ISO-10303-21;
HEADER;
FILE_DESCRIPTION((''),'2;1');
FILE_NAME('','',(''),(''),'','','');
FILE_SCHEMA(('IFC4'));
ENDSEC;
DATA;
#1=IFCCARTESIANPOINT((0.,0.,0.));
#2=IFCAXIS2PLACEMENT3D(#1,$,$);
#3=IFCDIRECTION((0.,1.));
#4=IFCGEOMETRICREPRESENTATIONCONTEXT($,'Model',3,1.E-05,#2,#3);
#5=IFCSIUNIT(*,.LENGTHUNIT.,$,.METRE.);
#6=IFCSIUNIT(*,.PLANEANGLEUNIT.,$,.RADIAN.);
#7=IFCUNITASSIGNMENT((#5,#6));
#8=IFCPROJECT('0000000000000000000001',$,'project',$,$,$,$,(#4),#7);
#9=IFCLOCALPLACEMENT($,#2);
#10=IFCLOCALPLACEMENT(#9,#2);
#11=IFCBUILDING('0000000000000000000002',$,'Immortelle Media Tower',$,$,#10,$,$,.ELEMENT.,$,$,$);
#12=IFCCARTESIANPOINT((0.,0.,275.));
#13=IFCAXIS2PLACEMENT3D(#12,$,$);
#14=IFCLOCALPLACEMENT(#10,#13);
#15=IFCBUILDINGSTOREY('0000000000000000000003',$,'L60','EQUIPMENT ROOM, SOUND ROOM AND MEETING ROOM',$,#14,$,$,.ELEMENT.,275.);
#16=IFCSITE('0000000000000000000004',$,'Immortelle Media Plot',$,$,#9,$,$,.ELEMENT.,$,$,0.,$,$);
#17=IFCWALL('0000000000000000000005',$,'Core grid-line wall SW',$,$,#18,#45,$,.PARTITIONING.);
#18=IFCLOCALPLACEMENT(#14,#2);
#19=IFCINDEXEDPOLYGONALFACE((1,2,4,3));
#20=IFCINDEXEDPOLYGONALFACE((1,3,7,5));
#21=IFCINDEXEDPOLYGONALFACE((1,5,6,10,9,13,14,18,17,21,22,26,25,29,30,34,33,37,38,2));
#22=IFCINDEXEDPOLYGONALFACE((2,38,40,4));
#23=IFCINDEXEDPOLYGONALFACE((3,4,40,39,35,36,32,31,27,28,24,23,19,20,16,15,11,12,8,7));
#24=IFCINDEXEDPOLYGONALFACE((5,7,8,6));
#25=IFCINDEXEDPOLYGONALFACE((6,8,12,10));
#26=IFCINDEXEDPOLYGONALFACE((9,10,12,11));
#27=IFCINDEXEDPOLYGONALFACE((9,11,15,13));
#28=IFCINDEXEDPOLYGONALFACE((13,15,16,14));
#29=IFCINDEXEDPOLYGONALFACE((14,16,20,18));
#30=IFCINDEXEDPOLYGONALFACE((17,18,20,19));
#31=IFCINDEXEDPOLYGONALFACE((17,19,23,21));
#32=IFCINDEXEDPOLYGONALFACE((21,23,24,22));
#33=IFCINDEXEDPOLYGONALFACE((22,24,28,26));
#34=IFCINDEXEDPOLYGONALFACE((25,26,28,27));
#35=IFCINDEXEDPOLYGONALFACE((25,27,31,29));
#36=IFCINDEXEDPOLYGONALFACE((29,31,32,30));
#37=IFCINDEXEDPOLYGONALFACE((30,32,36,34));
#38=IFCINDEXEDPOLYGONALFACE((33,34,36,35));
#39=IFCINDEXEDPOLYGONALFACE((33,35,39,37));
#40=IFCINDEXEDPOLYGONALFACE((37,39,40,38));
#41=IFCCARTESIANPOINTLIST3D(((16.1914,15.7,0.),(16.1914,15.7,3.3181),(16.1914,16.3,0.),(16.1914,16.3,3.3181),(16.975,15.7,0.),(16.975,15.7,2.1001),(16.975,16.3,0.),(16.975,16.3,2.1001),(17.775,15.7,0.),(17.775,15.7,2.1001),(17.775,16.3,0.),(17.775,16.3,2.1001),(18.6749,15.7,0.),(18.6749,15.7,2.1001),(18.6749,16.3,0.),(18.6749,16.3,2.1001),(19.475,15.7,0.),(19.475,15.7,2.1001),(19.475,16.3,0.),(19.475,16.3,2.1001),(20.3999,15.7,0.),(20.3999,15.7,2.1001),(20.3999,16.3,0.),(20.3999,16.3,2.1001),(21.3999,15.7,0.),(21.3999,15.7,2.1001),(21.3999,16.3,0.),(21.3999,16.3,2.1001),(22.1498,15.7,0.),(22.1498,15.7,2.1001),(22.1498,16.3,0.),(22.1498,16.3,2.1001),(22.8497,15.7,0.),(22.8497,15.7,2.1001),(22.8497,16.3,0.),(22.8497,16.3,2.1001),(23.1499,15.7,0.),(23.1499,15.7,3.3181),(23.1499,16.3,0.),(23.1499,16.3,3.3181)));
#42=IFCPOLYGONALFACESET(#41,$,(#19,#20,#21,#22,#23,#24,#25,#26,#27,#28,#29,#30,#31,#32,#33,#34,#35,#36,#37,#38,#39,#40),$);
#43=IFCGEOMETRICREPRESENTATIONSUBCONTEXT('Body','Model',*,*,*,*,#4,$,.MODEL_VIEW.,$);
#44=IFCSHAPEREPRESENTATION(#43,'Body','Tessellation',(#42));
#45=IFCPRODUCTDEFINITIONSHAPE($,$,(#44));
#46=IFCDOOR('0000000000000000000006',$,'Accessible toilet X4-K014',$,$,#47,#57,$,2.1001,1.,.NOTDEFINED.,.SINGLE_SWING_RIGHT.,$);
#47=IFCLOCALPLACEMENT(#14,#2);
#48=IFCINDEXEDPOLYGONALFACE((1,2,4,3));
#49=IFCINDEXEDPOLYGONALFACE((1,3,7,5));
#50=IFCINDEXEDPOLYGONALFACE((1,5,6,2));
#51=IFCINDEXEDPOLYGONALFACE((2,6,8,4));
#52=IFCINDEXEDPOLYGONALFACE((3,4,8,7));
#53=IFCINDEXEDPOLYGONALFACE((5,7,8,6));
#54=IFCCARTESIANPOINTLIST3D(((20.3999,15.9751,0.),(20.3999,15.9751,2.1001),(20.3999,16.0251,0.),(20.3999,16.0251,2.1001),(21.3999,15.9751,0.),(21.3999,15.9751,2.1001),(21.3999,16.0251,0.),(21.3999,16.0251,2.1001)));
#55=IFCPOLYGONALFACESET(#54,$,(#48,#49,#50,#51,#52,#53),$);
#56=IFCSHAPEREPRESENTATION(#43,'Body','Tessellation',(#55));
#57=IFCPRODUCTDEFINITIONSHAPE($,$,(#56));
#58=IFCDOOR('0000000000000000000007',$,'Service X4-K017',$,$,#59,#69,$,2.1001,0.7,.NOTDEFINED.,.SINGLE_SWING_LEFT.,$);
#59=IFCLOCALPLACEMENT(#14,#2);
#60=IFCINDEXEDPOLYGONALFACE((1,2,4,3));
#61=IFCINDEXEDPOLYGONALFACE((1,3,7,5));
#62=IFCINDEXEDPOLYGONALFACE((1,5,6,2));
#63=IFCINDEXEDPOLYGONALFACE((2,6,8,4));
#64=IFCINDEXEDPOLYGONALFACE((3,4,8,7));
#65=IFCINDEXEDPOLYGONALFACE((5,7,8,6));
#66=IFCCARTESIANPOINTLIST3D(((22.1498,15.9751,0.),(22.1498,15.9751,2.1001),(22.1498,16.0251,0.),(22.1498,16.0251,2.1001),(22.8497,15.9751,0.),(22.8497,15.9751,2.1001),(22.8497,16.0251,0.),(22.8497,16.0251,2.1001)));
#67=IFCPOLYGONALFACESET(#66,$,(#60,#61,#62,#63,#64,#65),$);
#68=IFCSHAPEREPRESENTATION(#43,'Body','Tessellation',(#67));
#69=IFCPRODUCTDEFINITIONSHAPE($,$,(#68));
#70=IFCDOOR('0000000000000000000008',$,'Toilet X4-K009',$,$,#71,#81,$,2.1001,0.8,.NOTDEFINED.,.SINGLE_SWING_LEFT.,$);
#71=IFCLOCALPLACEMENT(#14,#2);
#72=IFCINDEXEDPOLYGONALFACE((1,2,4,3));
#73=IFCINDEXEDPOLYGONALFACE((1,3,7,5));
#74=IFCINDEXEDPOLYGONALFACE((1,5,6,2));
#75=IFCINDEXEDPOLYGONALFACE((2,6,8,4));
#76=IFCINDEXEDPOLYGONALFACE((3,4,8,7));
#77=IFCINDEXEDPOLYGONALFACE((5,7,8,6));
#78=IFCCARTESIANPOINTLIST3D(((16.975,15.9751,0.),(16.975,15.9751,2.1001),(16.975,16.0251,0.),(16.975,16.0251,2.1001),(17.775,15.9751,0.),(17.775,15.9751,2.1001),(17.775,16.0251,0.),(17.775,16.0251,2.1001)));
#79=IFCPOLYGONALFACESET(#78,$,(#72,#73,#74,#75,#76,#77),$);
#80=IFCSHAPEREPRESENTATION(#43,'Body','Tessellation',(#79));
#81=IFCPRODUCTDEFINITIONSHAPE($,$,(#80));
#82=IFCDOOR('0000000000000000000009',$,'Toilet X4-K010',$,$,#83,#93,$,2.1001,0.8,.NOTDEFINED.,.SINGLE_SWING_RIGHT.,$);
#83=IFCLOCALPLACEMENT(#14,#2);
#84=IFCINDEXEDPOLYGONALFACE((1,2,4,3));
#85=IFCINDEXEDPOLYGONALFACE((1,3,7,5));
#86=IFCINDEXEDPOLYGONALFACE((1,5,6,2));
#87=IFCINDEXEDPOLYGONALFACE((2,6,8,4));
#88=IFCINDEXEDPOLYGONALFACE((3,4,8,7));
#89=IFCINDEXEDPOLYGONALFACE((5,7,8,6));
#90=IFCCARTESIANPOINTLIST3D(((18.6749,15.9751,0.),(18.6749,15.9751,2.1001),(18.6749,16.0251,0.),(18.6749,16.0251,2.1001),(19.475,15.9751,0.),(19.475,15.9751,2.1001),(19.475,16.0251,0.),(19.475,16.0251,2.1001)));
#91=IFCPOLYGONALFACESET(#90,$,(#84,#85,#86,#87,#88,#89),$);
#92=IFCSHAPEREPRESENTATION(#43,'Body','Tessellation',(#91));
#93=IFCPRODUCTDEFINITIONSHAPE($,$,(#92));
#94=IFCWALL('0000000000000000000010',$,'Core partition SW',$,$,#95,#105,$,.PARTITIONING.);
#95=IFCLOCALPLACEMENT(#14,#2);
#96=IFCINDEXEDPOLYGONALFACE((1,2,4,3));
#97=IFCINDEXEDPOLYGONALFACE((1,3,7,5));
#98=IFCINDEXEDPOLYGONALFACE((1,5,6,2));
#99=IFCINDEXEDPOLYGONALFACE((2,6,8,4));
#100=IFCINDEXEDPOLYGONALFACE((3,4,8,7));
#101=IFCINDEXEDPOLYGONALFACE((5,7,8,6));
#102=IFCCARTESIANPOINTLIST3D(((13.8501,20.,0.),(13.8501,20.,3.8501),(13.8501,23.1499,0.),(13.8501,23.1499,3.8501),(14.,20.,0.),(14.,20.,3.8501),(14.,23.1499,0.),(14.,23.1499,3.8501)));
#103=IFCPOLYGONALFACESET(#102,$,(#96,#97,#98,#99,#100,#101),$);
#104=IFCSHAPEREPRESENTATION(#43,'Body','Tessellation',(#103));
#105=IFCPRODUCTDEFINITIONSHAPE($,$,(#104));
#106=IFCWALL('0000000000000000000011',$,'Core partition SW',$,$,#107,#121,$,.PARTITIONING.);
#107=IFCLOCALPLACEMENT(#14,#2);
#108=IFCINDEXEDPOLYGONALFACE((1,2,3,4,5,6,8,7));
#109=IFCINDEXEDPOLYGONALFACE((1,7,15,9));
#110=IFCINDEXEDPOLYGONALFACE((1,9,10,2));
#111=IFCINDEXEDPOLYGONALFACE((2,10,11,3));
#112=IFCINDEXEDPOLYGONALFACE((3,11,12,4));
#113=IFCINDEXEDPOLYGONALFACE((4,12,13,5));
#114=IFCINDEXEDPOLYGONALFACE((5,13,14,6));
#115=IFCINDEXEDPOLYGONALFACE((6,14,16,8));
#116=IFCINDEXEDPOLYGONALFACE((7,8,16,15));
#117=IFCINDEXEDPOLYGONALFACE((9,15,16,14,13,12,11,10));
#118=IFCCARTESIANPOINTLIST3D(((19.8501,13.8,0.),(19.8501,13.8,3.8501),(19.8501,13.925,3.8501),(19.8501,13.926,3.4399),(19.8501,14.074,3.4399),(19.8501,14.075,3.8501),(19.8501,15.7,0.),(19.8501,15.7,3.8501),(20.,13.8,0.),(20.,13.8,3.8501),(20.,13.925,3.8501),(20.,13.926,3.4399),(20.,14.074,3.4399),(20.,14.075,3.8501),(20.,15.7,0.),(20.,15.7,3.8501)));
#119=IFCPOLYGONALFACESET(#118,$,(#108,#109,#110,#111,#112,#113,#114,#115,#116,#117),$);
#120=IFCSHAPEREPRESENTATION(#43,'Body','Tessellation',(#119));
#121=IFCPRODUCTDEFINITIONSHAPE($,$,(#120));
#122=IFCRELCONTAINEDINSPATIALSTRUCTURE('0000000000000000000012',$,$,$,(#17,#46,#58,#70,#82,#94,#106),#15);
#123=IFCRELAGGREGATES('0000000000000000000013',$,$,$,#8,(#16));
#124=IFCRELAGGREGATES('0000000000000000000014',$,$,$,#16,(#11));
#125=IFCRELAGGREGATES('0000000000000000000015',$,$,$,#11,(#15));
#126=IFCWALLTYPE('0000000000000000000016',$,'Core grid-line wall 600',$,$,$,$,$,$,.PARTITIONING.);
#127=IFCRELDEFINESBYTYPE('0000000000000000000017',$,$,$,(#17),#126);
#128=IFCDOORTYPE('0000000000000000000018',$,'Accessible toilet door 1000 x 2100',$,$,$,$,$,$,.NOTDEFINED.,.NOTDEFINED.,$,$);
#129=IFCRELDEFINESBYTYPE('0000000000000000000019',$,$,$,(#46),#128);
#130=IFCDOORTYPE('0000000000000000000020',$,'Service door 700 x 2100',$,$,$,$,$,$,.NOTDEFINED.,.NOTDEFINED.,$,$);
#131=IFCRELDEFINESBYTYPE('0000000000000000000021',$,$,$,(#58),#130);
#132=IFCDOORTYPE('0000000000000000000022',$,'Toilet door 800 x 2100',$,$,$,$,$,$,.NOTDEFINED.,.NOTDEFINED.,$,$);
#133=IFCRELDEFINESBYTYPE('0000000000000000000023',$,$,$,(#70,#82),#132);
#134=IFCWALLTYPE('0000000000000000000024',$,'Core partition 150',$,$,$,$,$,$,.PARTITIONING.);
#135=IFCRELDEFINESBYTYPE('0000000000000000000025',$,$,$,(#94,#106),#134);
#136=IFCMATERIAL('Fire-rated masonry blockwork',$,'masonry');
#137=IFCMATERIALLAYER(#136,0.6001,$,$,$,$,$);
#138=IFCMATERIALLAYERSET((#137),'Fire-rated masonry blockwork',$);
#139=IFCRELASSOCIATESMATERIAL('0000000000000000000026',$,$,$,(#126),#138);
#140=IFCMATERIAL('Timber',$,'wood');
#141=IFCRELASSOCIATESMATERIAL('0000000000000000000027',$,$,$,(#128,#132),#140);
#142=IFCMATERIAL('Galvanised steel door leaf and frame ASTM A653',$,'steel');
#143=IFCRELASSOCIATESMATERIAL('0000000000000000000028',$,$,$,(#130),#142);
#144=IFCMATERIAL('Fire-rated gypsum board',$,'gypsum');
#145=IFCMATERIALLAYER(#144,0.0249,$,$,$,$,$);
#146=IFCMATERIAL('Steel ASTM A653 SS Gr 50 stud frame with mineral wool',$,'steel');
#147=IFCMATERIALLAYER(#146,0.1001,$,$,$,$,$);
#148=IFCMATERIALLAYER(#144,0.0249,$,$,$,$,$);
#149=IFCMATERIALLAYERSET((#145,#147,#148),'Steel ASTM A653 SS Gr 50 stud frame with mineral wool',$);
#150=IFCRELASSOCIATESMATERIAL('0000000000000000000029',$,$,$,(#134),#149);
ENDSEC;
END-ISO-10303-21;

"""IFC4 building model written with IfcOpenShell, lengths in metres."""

from ifc_helpers import new_model, si_unit, direction, frame, frame_2d, origin, place, context, subcontext, project, spatial, polyline, rectangle, outline, extrude, material, layer, layer_set, type_object, element, fill, save


model = new_model("IFC4")

# Units and contexts
model_context = context("Model", 3, precision=1e-05, world=origin(), true_north=direction((0.0, 1.0)))
body_context = subcontext(model_context, "Body", "Model", "MODEL_VIEW")
ifc_project = project(units=[si_unit("LENGTHUNIT", "METRE"), si_unit("PLANEANGLEUNIT", "RADIAN")], contexts=[model_context])

# Site, building, storey
site_placement = place(None, origin())
site = spatial("IfcSite", under=ifc_project, at=site_placement, Name="Immortelle Media Plot", CompositionType="ELEMENT", RefElevation=0.0)
building_placement = place(site_placement, origin())
building = spatial("IfcBuilding", under=site, at=building_placement, Name="Immortelle Media Tower", CompositionType="ELEMENT")
storey_placement = place(building_placement, frame((0.0, 0.0, 275.0)))
storey = spatial("IfcBuildingStorey", under=building, at=storey_placement, Name="L60", Description="EQUIPMENT ROOM, SOUND ROOM AND MEETING ROOM", CompositionType="ELEMENT", Elevation=275.0)

# Wall, openings, doors
ifc_material_1 = material(Name="Fire-rated masonry blockwork", Category="masonry")
ifc_layer_1 = layer(ifc_material_1, 0.6001)
ifc_layer_set_1 = layer_set([ifc_layer_1], Name="Fire-rated masonry blockwork")
wall_type_1 = type_object("IfcWallType", Name="Core grid-line wall 600", PredefinedType="PARTITIONING", material=ifc_layer_set_1)
wall_1_placement = place(storey_placement, frame((16.1914, 16.0, 0.0), z_axis=(0.0, 0.0, 1.0), x_axis=(1.0, 0.0, 0.0)))
wall_1 = element("IfcWall", 1, at=wall_1_placement, inside=storey, type_object=wall_type_1, Name="Core grid-line wall SW", PredefinedType="PARTITIONING", context=body_context, shape_type="SweptSolid", body=[
    extrude(rectangle(XDim=6.9585, YDim=0.6001, at=frame_2d((3.4792, 0.0))), origin(), (0.0, 0.0, 1.0), 3.3181),
])
opening_1_placement = place(wall_1_placement, frame((1.5835, 0.0, 0.0), z_axis=(0.0, 0.0, 1.0), x_axis=(-1.0, 0.0, 0.0)))
opening_1 = element("IfcOpeningElement", 2, at=opening_1_placement, cuts=wall_1, PredefinedType="OPENING", context=body_context, shape_type="SweptSolid", body=[
    extrude(rectangle(XDim=0.8, YDim=2.1001, at=frame_2d((0.3999, 1.05))), frame((0.0, 0.3101, 0.0), z_axis=(0.0, -1.0, 0.0), x_axis=(1.0, 0.0, 0.0)), (0.0, 0.0, 1.0), 0.6201),
])
opening_2_placement = place(wall_1_placement, frame((3.2834, 0.0, 0.0), z_axis=(0.0, 0.0, 1.0), x_axis=(-1.0, 0.0, 0.0)))
opening_2 = element("IfcOpeningElement", 3, at=opening_2_placement, cuts=wall_1, PredefinedType="OPENING", context=body_context, shape_type="SweptSolid", body=[
    extrude(rectangle(XDim=0.8, YDim=2.1001, at=frame_2d((0.3999, 1.05))), frame((0.0, 0.3101, 0.0), z_axis=(0.0, -1.0, 0.0), x_axis=(1.0, 0.0, 0.0)), (0.0, 0.0, 1.0), 0.6201),
])
opening_3_placement = place(wall_1_placement, frame((5.2085, 0.0, 0.0), z_axis=(0.0, 0.0, 1.0), x_axis=(-1.0, 0.0, 0.0)))
opening_3 = element("IfcOpeningElement", 4, at=opening_3_placement, cuts=wall_1, PredefinedType="OPENING", context=body_context, shape_type="SweptSolid", body=[
    extrude(rectangle(XDim=1.0, YDim=2.1001, at=frame_2d((0.5, 1.05))), frame((0.0, 0.3101, 0.0), z_axis=(0.0, -1.0, 0.0), x_axis=(1.0, 0.0, 0.0)), (0.0, 0.0, 1.0), 0.6201),
])
opening_4_placement = place(wall_1_placement, frame((6.6584, 0.0, 0.0), z_axis=(0.0, 0.0, 1.0), x_axis=(-1.0, 0.0, 0.0)))
opening_4 = element("IfcOpeningElement", 5, at=opening_4_placement, cuts=wall_1, PredefinedType="OPENING", context=body_context, shape_type="SweptSolid", body=[
    extrude(rectangle(XDim=0.7, YDim=2.1001, at=frame_2d((0.3501, 1.05))), frame((0.0, 0.3101, 0.0), z_axis=(0.0, -1.0, 0.0), x_axis=(1.0, 0.0, 0.0)), (0.0, 0.0, 1.0), 0.6201),
])
ifc_material_2 = material(Name="Timber", Category="wood")
door_type_1 = type_object("IfcDoorType", Name="Accessible toilet door 1000 x 2100", OperationType="NOTDEFINED", PredefinedType="NOTDEFINED", material=ifc_material_2)
door_1_placement = place(opening_3_placement, origin())
door_1 = element("IfcDoor", 6, at=door_1_placement, inside=storey, type_object=door_type_1, Name="Accessible toilet X4-K014", OperationType="SINGLE_SWING_RIGHT", OverallHeight=2.1001, OverallWidth=1.0, PredefinedType="NOTDEFINED", context=body_context, shape_type="SweptSolid", body=[
    extrude(rectangle(XDim=1.0, YDim=2.1001, at=frame_2d((0.5, 1.05))), frame((0.0, 0.0249, 0.0), z_axis=(0.0, -1.0, 0.0), x_axis=(1.0, 0.0, 0.0)), (0.0, 0.0, 1.0), 0.05),
])
fill(opening_3, door_1)
ifc_material_3 = material(Name="Galvanised steel door leaf and frame ASTM A653", Category="steel")
door_type_2 = type_object("IfcDoorType", Name="Service door 700 x 2100", OperationType="NOTDEFINED", PredefinedType="NOTDEFINED", material=ifc_material_3)
door_2_placement = place(opening_4_placement, origin())
door_2 = element("IfcDoor", 7, at=door_2_placement, inside=storey, type_object=door_type_2, Name="Service X4-K017", OperationType="SINGLE_SWING_LEFT", OverallHeight=2.1001, OverallWidth=0.7, PredefinedType="NOTDEFINED", context=body_context, shape_type="SweptSolid", body=[
    extrude(rectangle(XDim=0.7, YDim=2.1001, at=frame_2d((0.3501, 1.05))), frame((0.0, 0.0249, 0.0), z_axis=(0.0, -1.0, 0.0), x_axis=(1.0, 0.0, 0.0)), (0.0, 0.0, 1.0), 0.05),
])
fill(opening_4, door_2)
door_type_3 = type_object("IfcDoorType", Name="Toilet door 800 x 2100", OperationType="NOTDEFINED", PredefinedType="NOTDEFINED", material=ifc_material_2)
door_3_placement = place(opening_1_placement, origin())
door_3 = element("IfcDoor", 8, at=door_3_placement, inside=storey, type_object=door_type_3, Name="Toilet X4-K009", OperationType="SINGLE_SWING_LEFT", OverallHeight=2.1001, OverallWidth=0.8, PredefinedType="NOTDEFINED", context=body_context, shape_type="SweptSolid", body=[
    extrude(rectangle(XDim=0.8, YDim=2.1001, at=frame_2d((0.3999, 1.05))), frame((0.0, 0.0249, 0.0), z_axis=(0.0, -1.0, 0.0), x_axis=(1.0, 0.0, 0.0)), (0.0, 0.0, 1.0), 0.05),
])
fill(opening_1, door_3)
door_4_placement = place(opening_2_placement, origin())
door_4 = element("IfcDoor", 9, at=door_4_placement, inside=storey, type_object=door_type_3, Name="Toilet X4-K010", OperationType="SINGLE_SWING_RIGHT", OverallHeight=2.1001, OverallWidth=0.8, PredefinedType="NOTDEFINED", context=body_context, shape_type="SweptSolid", body=[
    extrude(rectangle(XDim=0.8, YDim=2.1001, at=frame_2d((0.3999, 1.05))), frame((0.0, 0.0249, 0.0), z_axis=(0.0, -1.0, 0.0), x_axis=(1.0, 0.0, 0.0)), (0.0, 0.0, 1.0), 0.05),
])
fill(opening_2, door_4)

# Walls
ifc_material_4 = material(Name="Fire-rated gypsum board", Category="gypsum")
ifc_layer_2 = layer(ifc_material_4, 0.0249)
ifc_material_5 = material(Name="Steel ASTM A653 SS Gr 50 stud frame with mineral wool", Category="steel")
ifc_layer_3 = layer(ifc_material_5, 0.1001)
ifc_layer_4 = layer(ifc_material_4, 0.0249)
ifc_layer_set_2 = layer_set([ifc_layer_2, ifc_layer_3, ifc_layer_4], Name="Steel ASTM A653 SS Gr 50 stud frame with mineral wool")
wall_type_2 = type_object("IfcWallType", Name="Core partition 150", PredefinedType="PARTITIONING", material=ifc_layer_set_2)
wall_2_placement = place(storey_placement, frame((13.925, 20.0, 0.0), z_axis=(0.0, 0.0, 1.0), x_axis=(0.0, 1.0, 0.0)))
element("IfcWall", 10, at=wall_2_placement, inside=storey, type_object=wall_type_2, Name="Core partition SW", PredefinedType="PARTITIONING", context=body_context, shape_type="SweptSolid", body=[
    extrude(rectangle(XDim=3.1499, YDim=0.1499, at=frame_2d((1.575, 0.0))), origin(), (0.0, 0.0, 1.0), 3.8501),
])
wall_3_placement = place(storey_placement, frame((19.925, 13.8, 0.0), z_axis=(0.0, 0.0, 1.0), x_axis=(0.0, 1.0, 0.0)))
element("IfcWall", 11, at=wall_3_placement, inside=storey, type_object=wall_type_2, Name="Core partition SW", PredefinedType="PARTITIONING", context=body_context, shape_type="SweptSolid", body=[
    extrude(outline(polyline([(0.0, 0.0), (1.8999, 0.0), (1.8999, 3.8501), (0.2749, 3.8501), (0.2739, 3.4399), (0.126, 3.4399), (0.125, 3.8501), (0.0, 3.8501), (0.0, 0.0)])), frame((0.0, 0.075, 0.0), z_axis=(0.0, -1.0, 0.0), x_axis=(1.0, 0.0, 0.0)), (0.0, 0.0, 1.0), 0.1499),
])

save(model, "model.ifc")
